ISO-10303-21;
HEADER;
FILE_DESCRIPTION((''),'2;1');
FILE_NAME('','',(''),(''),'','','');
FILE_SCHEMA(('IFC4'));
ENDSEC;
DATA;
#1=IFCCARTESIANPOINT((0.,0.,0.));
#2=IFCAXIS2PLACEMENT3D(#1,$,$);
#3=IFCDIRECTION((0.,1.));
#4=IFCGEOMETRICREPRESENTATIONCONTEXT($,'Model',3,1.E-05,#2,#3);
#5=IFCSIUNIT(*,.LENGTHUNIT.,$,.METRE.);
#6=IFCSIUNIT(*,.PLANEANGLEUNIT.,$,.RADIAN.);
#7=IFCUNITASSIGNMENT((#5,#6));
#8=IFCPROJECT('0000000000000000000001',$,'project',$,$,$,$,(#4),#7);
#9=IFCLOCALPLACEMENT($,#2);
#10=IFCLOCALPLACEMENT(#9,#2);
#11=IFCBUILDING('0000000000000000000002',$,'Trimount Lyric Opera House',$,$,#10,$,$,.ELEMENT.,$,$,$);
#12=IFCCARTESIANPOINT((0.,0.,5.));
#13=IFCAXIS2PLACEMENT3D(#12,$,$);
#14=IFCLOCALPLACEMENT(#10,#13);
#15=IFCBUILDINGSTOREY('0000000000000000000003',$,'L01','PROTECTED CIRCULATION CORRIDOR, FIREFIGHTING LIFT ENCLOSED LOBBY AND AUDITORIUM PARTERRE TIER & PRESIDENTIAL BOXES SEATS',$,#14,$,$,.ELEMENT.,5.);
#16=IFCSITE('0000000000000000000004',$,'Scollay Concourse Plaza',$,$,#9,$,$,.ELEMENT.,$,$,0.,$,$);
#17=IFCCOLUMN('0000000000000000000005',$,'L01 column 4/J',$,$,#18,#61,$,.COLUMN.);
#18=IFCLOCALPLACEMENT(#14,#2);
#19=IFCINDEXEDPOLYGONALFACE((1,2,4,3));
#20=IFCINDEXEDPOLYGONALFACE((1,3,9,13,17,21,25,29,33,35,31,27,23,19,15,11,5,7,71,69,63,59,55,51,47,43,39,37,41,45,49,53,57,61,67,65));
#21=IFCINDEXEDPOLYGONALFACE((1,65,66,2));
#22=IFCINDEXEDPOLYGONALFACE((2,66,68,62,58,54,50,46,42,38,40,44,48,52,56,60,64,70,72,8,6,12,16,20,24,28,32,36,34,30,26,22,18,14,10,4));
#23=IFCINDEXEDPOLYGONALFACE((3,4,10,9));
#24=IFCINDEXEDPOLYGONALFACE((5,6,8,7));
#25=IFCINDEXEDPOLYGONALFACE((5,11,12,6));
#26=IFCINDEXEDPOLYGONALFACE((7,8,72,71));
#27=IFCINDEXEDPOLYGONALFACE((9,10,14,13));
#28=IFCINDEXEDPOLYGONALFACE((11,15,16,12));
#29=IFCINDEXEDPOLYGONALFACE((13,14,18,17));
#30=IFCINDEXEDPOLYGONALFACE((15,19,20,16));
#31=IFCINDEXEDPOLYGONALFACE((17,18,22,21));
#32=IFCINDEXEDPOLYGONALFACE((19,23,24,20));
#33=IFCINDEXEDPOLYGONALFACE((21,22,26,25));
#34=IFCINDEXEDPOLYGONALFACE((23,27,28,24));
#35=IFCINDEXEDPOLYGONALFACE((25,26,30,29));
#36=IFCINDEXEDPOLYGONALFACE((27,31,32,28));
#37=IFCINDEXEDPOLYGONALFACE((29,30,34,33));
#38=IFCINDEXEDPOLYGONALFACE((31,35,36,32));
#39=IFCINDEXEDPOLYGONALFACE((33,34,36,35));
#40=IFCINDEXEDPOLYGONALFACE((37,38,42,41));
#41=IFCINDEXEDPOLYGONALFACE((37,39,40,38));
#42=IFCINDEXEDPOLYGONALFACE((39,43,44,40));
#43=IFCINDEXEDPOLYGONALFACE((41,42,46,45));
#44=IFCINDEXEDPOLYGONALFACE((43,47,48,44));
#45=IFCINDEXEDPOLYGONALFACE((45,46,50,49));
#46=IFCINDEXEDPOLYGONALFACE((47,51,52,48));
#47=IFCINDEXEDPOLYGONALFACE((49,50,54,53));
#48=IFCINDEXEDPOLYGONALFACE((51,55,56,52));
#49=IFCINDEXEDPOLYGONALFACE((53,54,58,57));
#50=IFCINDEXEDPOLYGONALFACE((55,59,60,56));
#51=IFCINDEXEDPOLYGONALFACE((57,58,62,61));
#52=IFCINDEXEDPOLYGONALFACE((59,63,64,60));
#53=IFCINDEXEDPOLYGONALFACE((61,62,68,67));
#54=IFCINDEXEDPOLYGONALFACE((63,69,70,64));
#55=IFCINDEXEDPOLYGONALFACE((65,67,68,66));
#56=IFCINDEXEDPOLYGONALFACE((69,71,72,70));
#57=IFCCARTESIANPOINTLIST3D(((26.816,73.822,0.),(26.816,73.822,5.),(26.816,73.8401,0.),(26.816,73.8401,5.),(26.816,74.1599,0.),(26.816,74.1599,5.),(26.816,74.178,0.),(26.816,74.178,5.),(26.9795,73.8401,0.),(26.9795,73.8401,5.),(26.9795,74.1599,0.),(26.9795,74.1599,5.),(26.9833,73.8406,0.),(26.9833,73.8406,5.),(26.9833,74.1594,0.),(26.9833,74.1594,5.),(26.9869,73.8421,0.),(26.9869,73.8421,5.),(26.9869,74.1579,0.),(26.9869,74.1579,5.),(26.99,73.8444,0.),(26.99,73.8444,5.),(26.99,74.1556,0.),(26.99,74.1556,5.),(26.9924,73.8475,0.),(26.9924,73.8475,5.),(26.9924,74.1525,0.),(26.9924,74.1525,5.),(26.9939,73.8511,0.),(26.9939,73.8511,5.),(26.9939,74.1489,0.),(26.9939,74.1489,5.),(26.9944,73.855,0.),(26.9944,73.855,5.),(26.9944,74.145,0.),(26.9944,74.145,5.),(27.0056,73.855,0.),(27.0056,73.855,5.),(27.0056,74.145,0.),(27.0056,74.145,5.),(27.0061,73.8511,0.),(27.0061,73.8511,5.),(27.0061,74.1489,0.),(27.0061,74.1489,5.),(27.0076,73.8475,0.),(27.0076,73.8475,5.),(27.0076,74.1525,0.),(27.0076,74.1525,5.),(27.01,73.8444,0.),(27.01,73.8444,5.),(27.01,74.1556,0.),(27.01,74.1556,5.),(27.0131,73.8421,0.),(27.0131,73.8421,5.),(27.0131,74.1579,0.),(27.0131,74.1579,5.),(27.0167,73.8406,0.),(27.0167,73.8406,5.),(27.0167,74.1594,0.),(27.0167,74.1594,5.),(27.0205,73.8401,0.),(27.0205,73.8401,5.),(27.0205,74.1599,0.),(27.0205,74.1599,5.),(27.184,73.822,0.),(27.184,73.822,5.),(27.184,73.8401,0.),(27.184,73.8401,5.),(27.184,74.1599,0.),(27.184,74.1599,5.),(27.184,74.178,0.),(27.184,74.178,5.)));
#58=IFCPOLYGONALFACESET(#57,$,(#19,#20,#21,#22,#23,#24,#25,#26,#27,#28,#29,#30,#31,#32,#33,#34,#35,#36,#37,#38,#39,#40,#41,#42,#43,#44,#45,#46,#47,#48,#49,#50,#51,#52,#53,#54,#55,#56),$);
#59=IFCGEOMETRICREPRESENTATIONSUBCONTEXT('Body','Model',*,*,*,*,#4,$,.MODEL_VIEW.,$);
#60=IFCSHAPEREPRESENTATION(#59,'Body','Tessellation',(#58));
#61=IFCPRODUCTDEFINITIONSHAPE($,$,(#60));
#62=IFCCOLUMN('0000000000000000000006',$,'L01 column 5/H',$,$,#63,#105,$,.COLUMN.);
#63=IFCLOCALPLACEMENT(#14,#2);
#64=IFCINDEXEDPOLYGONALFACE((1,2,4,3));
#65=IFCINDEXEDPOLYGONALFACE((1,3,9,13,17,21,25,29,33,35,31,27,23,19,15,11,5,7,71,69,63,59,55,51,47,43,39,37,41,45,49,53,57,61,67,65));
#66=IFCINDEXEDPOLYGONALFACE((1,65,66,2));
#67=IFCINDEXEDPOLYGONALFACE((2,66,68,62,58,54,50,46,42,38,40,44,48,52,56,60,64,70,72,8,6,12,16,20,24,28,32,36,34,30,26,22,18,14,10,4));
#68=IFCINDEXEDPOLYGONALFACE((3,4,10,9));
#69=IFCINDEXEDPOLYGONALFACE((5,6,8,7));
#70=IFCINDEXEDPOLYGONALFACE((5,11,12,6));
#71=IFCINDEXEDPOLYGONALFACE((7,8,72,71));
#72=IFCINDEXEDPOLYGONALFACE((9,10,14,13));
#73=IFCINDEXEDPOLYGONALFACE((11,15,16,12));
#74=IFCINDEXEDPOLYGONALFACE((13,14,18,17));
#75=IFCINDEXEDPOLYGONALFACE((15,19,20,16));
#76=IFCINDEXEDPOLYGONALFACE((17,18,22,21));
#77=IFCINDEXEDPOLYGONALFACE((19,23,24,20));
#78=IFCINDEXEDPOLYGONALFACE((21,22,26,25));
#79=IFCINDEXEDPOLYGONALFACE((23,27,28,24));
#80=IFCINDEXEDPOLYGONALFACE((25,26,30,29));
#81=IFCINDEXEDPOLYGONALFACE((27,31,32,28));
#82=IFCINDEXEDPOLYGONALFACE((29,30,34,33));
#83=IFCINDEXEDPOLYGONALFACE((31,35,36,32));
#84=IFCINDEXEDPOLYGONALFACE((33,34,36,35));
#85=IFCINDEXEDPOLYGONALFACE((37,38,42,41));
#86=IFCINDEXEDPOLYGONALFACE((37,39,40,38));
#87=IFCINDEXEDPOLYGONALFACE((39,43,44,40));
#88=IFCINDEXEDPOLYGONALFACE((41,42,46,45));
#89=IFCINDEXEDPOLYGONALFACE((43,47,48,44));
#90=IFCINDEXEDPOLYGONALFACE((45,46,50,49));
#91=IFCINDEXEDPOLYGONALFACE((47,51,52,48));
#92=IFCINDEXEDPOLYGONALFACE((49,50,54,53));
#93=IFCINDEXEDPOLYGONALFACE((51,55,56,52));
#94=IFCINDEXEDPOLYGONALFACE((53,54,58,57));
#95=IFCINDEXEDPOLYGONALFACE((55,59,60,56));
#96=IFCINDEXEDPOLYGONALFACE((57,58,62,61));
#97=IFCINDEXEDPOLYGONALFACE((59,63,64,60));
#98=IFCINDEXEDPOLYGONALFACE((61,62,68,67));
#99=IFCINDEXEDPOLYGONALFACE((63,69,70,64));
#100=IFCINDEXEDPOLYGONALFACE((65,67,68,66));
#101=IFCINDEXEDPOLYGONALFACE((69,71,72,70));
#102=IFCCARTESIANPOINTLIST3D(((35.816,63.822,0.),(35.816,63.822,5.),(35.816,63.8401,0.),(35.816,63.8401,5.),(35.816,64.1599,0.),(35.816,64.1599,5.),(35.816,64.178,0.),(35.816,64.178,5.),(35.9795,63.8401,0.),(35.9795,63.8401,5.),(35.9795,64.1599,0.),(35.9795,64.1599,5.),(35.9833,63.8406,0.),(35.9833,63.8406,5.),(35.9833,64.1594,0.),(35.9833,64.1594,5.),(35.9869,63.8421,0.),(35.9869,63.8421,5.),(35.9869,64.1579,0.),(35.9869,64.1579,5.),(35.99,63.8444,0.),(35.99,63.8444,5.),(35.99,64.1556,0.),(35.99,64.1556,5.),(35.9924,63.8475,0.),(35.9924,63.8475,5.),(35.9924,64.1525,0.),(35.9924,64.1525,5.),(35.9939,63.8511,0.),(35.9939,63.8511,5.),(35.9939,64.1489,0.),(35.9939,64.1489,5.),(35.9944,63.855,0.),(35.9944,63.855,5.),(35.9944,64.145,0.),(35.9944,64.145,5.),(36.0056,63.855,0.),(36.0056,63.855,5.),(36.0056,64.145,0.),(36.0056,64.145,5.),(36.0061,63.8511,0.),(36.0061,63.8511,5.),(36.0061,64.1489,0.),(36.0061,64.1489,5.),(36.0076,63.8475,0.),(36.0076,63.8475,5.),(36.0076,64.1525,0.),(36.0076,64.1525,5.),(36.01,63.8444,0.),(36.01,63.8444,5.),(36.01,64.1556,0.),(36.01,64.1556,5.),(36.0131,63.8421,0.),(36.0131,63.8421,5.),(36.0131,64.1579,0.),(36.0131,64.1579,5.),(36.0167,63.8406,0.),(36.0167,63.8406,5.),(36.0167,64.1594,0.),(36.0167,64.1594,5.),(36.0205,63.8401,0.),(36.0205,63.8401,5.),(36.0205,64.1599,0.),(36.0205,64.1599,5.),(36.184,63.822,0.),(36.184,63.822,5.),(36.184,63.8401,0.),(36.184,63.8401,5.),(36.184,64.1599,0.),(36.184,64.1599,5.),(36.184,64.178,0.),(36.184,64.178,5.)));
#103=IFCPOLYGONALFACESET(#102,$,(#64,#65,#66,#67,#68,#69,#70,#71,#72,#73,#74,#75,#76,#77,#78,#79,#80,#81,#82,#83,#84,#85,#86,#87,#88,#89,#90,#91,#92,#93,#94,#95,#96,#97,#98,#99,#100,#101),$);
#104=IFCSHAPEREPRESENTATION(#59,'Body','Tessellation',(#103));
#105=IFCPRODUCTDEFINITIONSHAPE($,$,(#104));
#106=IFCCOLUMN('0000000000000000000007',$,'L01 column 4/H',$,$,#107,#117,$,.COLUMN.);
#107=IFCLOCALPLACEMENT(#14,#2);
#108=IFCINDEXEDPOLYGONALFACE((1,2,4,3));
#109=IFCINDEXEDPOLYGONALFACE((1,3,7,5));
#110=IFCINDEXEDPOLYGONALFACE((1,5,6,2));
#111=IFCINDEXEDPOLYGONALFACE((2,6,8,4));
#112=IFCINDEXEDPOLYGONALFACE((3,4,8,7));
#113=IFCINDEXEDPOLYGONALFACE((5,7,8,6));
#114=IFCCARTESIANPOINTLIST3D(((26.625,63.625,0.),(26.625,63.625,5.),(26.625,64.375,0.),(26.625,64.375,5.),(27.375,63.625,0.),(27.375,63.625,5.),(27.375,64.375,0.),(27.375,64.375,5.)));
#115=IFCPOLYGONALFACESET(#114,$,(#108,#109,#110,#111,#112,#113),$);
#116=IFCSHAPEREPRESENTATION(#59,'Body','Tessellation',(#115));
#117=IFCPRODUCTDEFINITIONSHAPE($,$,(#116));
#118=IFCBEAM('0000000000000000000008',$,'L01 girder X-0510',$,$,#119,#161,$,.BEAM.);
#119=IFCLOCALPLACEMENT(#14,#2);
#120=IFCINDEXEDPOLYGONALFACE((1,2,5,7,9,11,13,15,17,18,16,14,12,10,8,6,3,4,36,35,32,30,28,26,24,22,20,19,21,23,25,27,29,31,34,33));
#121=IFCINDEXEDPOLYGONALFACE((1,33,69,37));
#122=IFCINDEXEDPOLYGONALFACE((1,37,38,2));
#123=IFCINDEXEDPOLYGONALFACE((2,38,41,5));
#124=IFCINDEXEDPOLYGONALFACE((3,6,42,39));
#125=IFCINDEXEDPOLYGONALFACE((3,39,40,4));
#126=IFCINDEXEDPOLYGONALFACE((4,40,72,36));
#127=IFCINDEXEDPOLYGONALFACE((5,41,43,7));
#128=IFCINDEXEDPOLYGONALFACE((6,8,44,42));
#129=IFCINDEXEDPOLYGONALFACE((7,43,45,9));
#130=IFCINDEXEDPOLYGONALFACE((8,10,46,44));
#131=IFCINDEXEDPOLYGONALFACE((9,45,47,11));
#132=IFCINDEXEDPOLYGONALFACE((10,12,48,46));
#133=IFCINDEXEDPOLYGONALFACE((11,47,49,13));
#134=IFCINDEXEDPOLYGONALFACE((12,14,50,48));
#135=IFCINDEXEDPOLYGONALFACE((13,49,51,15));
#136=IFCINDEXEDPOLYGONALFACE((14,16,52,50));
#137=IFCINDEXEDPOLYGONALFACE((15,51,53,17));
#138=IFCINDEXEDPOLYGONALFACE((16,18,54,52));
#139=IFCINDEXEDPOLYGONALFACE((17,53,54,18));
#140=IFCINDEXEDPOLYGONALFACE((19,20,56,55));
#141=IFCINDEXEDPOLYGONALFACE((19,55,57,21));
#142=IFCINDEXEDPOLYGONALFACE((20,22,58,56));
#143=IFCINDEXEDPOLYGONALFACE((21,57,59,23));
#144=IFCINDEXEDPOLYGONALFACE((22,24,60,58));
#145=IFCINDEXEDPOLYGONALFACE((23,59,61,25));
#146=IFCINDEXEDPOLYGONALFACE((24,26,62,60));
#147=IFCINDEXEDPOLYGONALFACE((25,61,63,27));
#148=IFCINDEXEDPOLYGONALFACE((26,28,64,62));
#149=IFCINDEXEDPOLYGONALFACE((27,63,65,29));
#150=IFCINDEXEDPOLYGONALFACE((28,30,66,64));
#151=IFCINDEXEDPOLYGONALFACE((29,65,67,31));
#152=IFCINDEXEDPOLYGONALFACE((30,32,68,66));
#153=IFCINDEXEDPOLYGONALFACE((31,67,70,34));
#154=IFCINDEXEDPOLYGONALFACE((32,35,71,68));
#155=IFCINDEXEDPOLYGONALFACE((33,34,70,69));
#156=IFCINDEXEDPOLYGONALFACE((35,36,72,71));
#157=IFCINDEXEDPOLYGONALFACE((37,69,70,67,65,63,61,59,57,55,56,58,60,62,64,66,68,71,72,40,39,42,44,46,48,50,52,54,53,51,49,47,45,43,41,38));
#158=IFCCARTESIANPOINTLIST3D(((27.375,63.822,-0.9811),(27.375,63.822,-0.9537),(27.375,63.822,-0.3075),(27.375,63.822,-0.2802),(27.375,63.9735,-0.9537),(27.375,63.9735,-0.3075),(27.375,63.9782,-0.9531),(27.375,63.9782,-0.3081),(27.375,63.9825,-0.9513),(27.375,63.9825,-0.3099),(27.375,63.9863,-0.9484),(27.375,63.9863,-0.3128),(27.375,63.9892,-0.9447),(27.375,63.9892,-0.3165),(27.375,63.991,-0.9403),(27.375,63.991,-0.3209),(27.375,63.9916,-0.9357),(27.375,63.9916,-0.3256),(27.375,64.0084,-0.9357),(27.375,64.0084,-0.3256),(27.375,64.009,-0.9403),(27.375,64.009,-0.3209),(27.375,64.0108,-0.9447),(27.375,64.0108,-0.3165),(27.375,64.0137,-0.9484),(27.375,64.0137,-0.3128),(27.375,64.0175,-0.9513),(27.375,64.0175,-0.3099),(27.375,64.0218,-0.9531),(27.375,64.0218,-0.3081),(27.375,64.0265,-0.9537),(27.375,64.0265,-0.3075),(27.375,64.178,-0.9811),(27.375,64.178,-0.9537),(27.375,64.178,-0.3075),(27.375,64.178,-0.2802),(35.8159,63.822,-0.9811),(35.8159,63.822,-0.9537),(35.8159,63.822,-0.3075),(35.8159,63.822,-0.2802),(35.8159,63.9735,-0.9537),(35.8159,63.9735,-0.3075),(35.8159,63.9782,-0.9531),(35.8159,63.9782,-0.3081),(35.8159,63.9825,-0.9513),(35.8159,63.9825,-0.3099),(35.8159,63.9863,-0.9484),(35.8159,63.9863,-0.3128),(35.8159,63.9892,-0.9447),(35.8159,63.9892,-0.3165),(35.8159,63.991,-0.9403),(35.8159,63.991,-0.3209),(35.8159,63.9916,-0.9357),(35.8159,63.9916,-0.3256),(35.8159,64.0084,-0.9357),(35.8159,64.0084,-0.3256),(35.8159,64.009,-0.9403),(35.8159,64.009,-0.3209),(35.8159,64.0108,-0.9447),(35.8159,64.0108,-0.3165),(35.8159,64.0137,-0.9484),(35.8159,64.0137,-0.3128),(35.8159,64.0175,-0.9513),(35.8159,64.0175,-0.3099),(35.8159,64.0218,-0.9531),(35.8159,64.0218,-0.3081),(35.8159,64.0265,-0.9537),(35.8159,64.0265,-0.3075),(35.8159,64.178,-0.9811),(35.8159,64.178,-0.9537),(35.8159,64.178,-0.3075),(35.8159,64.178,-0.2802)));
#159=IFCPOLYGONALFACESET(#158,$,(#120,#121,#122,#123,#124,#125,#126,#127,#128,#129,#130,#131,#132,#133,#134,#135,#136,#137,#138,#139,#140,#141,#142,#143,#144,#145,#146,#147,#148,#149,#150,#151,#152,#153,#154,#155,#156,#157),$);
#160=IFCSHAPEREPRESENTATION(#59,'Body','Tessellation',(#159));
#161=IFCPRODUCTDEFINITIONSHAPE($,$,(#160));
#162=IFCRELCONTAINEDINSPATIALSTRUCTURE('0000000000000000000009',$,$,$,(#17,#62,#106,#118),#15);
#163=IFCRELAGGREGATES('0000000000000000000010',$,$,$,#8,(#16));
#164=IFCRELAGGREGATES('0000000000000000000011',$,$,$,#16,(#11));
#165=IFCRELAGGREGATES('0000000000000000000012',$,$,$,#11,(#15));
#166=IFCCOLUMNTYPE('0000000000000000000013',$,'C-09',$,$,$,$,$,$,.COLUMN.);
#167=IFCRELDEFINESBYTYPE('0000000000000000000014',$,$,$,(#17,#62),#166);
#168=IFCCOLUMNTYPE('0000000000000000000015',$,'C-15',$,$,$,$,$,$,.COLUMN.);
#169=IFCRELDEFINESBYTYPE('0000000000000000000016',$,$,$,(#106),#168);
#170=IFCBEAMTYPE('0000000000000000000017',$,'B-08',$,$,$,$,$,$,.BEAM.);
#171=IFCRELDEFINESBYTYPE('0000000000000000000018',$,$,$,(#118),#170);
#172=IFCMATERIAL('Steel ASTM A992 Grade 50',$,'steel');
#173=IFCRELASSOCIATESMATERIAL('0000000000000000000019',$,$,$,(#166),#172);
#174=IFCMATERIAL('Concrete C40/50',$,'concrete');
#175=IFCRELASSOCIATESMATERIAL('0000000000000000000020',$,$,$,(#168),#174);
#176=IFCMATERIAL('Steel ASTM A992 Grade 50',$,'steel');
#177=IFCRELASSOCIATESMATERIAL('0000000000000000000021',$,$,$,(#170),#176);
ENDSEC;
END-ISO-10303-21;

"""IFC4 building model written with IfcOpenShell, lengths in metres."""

from ifc_helpers import new_model, si_unit, direction, frame, origin, origin_2d, place, context, subcontext, project, spatial, rectangle, i_section, extrude, material, material_profile, profile_set, type_object, element, save


model = new_model("IFC4")

# Units and contexts
model_context = context("Model", 3, precision=1e-05, world=origin(), true_north=direction((0.0, 1.0)))
body_context = subcontext(model_context, "Body", "Model", "MODEL_VIEW")
ifc_project = project(units=[si_unit("LENGTHUNIT", "METRE"), si_unit("PLANEANGLEUNIT", "RADIAN")], contexts=[model_context])

# Site, building, storey
site_placement = place(None, origin())
site = spatial("IfcSite", under=ifc_project, at=site_placement, Name="Scollay Concourse Plaza", CompositionType="ELEMENT", RefElevation=0.0)
building_placement = place(site_placement, origin())
building = spatial("IfcBuilding", under=site, at=building_placement, Name="Trimount Lyric Opera House", CompositionType="ELEMENT")
storey_placement = place(building_placement, frame((0.0, 0.0, 5.0)))
storey = spatial("IfcBuildingStorey", under=building, at=storey_placement, Name="L01", Description="PROTECTED CIRCULATION CORRIDOR, FIREFIGHTING LIFT ENCLOSED LOBBY AND AUDITORIUM PARTERRE TIER & PRESIDENTIAL BOXES SEATS", CompositionType="ELEMENT", Elevation=5.0)

# Columns
ifc_material_1 = material(Name="Steel ASTM A992 Grade 50", Category="steel")
ifc_material_profile_1 = material_profile(ifc_material_1, i_section(OverallWidth=0.3679, OverallDepth=0.356, WebThickness=0.0112, FlangeThickness=0.0181, FilletRadius=0.0149, at=origin_2d()), Name="W14X90")
ifc_profile_set_1 = profile_set([ifc_material_profile_1], Name="Steel ASTM A992 Grade 50")
column_type_1 = type_object("IfcColumnType", Name="C-09", PredefinedType="COLUMN", material=ifc_profile_set_1)
for number, where, z_axis, x_axis, name in (
    (1, (27.0, 74.0, 0.0), (0.0, 0.0, 1.0), (1.0, 0.0, 0.0), "L01 column 4/J"),
    (2, (36.0, 64.0, 0.0), (0.0, 0.0, 1.0), (1.0, 0.0, 0.0), "L01 column 5/H"),
):
    element("IfcColumn", number, at=place(storey_placement, frame(where, z_axis=z_axis, x_axis=x_axis)), inside=storey, type_object=column_type_1, Name=name, PredefinedType="COLUMN", context=body_context, shape_type="SweptSolid", body=[
        extrude(i_section(OverallWidth=0.3679, OverallDepth=0.356, WebThickness=0.0112, FlangeThickness=0.0181, FilletRadius=0.0149, at=origin_2d()), origin(), (0.0, 0.0, 1.0), 5.0),
    ])
ifc_material_2 = material(Name="Concrete C40/50", Category="concrete")
ifc_material_profile_2 = material_profile(ifc_material_2, rectangle(XDim=0.75, YDim=0.75, at=origin_2d()), Name="RC750X750")
ifc_profile_set_2 = profile_set([ifc_material_profile_2], Name="Concrete C40/50")
column_type_2 = type_object("IfcColumnType", Name="C-15", PredefinedType="COLUMN", material=ifc_profile_set_2)
column_placement = place(storey_placement, frame((27.0, 64.0, 0.0), z_axis=(0.0, 0.0, 1.0), x_axis=(1.0, 0.0, 0.0)))
element("IfcColumn", 3, at=column_placement, inside=storey, type_object=column_type_2, Name="L01 column 4/H", PredefinedType="COLUMN", context=body_context, shape_type="SweptSolid", body=[
    extrude(rectangle(XDim=0.75, YDim=0.75, at=origin_2d()), origin(), (0.0, 0.0, 1.0), 5.0),
])

# Beam
ifc_material_3 = material(Name="Steel ASTM A992 Grade 50", Category="steel")
ifc_material_profile_3 = material_profile(ifc_material_3, i_section(OverallWidth=0.356, OverallDepth=0.7009, WebThickness=0.0168, FlangeThickness=0.0273, FilletRadius=0.0181, at=origin_2d()), Name="W27X161")
ifc_profile_set_3 = profile_set([ifc_material_profile_3], Name="Steel ASTM A992 Grade 50")
beam_type_1 = type_object("IfcBeamType", Name="B-08", PredefinedType="BEAM", material=ifc_profile_set_3)
beam_1_placement = place(storey_placement, frame((27.375, 64.0, -0.6306), z_axis=(1.0, 0.0, 0.0), x_axis=(0.0, 1.0, 0.0)))
element("IfcBeam", 4, at=beam_1_placement, inside=storey, type_object=beam_type_1, Name="L01 girder X-0510", PredefinedType="BEAM", context=body_context, shape_type="SweptSolid", body=[
    extrude(i_section(OverallWidth=0.356, OverallDepth=0.7009, WebThickness=0.0168, FlangeThickness=0.0273, FilletRadius=0.0181, at=origin_2d()), origin(), (0.0, 0.0, 1.0), 8.4409),
])

save(model, "model.ifc")
